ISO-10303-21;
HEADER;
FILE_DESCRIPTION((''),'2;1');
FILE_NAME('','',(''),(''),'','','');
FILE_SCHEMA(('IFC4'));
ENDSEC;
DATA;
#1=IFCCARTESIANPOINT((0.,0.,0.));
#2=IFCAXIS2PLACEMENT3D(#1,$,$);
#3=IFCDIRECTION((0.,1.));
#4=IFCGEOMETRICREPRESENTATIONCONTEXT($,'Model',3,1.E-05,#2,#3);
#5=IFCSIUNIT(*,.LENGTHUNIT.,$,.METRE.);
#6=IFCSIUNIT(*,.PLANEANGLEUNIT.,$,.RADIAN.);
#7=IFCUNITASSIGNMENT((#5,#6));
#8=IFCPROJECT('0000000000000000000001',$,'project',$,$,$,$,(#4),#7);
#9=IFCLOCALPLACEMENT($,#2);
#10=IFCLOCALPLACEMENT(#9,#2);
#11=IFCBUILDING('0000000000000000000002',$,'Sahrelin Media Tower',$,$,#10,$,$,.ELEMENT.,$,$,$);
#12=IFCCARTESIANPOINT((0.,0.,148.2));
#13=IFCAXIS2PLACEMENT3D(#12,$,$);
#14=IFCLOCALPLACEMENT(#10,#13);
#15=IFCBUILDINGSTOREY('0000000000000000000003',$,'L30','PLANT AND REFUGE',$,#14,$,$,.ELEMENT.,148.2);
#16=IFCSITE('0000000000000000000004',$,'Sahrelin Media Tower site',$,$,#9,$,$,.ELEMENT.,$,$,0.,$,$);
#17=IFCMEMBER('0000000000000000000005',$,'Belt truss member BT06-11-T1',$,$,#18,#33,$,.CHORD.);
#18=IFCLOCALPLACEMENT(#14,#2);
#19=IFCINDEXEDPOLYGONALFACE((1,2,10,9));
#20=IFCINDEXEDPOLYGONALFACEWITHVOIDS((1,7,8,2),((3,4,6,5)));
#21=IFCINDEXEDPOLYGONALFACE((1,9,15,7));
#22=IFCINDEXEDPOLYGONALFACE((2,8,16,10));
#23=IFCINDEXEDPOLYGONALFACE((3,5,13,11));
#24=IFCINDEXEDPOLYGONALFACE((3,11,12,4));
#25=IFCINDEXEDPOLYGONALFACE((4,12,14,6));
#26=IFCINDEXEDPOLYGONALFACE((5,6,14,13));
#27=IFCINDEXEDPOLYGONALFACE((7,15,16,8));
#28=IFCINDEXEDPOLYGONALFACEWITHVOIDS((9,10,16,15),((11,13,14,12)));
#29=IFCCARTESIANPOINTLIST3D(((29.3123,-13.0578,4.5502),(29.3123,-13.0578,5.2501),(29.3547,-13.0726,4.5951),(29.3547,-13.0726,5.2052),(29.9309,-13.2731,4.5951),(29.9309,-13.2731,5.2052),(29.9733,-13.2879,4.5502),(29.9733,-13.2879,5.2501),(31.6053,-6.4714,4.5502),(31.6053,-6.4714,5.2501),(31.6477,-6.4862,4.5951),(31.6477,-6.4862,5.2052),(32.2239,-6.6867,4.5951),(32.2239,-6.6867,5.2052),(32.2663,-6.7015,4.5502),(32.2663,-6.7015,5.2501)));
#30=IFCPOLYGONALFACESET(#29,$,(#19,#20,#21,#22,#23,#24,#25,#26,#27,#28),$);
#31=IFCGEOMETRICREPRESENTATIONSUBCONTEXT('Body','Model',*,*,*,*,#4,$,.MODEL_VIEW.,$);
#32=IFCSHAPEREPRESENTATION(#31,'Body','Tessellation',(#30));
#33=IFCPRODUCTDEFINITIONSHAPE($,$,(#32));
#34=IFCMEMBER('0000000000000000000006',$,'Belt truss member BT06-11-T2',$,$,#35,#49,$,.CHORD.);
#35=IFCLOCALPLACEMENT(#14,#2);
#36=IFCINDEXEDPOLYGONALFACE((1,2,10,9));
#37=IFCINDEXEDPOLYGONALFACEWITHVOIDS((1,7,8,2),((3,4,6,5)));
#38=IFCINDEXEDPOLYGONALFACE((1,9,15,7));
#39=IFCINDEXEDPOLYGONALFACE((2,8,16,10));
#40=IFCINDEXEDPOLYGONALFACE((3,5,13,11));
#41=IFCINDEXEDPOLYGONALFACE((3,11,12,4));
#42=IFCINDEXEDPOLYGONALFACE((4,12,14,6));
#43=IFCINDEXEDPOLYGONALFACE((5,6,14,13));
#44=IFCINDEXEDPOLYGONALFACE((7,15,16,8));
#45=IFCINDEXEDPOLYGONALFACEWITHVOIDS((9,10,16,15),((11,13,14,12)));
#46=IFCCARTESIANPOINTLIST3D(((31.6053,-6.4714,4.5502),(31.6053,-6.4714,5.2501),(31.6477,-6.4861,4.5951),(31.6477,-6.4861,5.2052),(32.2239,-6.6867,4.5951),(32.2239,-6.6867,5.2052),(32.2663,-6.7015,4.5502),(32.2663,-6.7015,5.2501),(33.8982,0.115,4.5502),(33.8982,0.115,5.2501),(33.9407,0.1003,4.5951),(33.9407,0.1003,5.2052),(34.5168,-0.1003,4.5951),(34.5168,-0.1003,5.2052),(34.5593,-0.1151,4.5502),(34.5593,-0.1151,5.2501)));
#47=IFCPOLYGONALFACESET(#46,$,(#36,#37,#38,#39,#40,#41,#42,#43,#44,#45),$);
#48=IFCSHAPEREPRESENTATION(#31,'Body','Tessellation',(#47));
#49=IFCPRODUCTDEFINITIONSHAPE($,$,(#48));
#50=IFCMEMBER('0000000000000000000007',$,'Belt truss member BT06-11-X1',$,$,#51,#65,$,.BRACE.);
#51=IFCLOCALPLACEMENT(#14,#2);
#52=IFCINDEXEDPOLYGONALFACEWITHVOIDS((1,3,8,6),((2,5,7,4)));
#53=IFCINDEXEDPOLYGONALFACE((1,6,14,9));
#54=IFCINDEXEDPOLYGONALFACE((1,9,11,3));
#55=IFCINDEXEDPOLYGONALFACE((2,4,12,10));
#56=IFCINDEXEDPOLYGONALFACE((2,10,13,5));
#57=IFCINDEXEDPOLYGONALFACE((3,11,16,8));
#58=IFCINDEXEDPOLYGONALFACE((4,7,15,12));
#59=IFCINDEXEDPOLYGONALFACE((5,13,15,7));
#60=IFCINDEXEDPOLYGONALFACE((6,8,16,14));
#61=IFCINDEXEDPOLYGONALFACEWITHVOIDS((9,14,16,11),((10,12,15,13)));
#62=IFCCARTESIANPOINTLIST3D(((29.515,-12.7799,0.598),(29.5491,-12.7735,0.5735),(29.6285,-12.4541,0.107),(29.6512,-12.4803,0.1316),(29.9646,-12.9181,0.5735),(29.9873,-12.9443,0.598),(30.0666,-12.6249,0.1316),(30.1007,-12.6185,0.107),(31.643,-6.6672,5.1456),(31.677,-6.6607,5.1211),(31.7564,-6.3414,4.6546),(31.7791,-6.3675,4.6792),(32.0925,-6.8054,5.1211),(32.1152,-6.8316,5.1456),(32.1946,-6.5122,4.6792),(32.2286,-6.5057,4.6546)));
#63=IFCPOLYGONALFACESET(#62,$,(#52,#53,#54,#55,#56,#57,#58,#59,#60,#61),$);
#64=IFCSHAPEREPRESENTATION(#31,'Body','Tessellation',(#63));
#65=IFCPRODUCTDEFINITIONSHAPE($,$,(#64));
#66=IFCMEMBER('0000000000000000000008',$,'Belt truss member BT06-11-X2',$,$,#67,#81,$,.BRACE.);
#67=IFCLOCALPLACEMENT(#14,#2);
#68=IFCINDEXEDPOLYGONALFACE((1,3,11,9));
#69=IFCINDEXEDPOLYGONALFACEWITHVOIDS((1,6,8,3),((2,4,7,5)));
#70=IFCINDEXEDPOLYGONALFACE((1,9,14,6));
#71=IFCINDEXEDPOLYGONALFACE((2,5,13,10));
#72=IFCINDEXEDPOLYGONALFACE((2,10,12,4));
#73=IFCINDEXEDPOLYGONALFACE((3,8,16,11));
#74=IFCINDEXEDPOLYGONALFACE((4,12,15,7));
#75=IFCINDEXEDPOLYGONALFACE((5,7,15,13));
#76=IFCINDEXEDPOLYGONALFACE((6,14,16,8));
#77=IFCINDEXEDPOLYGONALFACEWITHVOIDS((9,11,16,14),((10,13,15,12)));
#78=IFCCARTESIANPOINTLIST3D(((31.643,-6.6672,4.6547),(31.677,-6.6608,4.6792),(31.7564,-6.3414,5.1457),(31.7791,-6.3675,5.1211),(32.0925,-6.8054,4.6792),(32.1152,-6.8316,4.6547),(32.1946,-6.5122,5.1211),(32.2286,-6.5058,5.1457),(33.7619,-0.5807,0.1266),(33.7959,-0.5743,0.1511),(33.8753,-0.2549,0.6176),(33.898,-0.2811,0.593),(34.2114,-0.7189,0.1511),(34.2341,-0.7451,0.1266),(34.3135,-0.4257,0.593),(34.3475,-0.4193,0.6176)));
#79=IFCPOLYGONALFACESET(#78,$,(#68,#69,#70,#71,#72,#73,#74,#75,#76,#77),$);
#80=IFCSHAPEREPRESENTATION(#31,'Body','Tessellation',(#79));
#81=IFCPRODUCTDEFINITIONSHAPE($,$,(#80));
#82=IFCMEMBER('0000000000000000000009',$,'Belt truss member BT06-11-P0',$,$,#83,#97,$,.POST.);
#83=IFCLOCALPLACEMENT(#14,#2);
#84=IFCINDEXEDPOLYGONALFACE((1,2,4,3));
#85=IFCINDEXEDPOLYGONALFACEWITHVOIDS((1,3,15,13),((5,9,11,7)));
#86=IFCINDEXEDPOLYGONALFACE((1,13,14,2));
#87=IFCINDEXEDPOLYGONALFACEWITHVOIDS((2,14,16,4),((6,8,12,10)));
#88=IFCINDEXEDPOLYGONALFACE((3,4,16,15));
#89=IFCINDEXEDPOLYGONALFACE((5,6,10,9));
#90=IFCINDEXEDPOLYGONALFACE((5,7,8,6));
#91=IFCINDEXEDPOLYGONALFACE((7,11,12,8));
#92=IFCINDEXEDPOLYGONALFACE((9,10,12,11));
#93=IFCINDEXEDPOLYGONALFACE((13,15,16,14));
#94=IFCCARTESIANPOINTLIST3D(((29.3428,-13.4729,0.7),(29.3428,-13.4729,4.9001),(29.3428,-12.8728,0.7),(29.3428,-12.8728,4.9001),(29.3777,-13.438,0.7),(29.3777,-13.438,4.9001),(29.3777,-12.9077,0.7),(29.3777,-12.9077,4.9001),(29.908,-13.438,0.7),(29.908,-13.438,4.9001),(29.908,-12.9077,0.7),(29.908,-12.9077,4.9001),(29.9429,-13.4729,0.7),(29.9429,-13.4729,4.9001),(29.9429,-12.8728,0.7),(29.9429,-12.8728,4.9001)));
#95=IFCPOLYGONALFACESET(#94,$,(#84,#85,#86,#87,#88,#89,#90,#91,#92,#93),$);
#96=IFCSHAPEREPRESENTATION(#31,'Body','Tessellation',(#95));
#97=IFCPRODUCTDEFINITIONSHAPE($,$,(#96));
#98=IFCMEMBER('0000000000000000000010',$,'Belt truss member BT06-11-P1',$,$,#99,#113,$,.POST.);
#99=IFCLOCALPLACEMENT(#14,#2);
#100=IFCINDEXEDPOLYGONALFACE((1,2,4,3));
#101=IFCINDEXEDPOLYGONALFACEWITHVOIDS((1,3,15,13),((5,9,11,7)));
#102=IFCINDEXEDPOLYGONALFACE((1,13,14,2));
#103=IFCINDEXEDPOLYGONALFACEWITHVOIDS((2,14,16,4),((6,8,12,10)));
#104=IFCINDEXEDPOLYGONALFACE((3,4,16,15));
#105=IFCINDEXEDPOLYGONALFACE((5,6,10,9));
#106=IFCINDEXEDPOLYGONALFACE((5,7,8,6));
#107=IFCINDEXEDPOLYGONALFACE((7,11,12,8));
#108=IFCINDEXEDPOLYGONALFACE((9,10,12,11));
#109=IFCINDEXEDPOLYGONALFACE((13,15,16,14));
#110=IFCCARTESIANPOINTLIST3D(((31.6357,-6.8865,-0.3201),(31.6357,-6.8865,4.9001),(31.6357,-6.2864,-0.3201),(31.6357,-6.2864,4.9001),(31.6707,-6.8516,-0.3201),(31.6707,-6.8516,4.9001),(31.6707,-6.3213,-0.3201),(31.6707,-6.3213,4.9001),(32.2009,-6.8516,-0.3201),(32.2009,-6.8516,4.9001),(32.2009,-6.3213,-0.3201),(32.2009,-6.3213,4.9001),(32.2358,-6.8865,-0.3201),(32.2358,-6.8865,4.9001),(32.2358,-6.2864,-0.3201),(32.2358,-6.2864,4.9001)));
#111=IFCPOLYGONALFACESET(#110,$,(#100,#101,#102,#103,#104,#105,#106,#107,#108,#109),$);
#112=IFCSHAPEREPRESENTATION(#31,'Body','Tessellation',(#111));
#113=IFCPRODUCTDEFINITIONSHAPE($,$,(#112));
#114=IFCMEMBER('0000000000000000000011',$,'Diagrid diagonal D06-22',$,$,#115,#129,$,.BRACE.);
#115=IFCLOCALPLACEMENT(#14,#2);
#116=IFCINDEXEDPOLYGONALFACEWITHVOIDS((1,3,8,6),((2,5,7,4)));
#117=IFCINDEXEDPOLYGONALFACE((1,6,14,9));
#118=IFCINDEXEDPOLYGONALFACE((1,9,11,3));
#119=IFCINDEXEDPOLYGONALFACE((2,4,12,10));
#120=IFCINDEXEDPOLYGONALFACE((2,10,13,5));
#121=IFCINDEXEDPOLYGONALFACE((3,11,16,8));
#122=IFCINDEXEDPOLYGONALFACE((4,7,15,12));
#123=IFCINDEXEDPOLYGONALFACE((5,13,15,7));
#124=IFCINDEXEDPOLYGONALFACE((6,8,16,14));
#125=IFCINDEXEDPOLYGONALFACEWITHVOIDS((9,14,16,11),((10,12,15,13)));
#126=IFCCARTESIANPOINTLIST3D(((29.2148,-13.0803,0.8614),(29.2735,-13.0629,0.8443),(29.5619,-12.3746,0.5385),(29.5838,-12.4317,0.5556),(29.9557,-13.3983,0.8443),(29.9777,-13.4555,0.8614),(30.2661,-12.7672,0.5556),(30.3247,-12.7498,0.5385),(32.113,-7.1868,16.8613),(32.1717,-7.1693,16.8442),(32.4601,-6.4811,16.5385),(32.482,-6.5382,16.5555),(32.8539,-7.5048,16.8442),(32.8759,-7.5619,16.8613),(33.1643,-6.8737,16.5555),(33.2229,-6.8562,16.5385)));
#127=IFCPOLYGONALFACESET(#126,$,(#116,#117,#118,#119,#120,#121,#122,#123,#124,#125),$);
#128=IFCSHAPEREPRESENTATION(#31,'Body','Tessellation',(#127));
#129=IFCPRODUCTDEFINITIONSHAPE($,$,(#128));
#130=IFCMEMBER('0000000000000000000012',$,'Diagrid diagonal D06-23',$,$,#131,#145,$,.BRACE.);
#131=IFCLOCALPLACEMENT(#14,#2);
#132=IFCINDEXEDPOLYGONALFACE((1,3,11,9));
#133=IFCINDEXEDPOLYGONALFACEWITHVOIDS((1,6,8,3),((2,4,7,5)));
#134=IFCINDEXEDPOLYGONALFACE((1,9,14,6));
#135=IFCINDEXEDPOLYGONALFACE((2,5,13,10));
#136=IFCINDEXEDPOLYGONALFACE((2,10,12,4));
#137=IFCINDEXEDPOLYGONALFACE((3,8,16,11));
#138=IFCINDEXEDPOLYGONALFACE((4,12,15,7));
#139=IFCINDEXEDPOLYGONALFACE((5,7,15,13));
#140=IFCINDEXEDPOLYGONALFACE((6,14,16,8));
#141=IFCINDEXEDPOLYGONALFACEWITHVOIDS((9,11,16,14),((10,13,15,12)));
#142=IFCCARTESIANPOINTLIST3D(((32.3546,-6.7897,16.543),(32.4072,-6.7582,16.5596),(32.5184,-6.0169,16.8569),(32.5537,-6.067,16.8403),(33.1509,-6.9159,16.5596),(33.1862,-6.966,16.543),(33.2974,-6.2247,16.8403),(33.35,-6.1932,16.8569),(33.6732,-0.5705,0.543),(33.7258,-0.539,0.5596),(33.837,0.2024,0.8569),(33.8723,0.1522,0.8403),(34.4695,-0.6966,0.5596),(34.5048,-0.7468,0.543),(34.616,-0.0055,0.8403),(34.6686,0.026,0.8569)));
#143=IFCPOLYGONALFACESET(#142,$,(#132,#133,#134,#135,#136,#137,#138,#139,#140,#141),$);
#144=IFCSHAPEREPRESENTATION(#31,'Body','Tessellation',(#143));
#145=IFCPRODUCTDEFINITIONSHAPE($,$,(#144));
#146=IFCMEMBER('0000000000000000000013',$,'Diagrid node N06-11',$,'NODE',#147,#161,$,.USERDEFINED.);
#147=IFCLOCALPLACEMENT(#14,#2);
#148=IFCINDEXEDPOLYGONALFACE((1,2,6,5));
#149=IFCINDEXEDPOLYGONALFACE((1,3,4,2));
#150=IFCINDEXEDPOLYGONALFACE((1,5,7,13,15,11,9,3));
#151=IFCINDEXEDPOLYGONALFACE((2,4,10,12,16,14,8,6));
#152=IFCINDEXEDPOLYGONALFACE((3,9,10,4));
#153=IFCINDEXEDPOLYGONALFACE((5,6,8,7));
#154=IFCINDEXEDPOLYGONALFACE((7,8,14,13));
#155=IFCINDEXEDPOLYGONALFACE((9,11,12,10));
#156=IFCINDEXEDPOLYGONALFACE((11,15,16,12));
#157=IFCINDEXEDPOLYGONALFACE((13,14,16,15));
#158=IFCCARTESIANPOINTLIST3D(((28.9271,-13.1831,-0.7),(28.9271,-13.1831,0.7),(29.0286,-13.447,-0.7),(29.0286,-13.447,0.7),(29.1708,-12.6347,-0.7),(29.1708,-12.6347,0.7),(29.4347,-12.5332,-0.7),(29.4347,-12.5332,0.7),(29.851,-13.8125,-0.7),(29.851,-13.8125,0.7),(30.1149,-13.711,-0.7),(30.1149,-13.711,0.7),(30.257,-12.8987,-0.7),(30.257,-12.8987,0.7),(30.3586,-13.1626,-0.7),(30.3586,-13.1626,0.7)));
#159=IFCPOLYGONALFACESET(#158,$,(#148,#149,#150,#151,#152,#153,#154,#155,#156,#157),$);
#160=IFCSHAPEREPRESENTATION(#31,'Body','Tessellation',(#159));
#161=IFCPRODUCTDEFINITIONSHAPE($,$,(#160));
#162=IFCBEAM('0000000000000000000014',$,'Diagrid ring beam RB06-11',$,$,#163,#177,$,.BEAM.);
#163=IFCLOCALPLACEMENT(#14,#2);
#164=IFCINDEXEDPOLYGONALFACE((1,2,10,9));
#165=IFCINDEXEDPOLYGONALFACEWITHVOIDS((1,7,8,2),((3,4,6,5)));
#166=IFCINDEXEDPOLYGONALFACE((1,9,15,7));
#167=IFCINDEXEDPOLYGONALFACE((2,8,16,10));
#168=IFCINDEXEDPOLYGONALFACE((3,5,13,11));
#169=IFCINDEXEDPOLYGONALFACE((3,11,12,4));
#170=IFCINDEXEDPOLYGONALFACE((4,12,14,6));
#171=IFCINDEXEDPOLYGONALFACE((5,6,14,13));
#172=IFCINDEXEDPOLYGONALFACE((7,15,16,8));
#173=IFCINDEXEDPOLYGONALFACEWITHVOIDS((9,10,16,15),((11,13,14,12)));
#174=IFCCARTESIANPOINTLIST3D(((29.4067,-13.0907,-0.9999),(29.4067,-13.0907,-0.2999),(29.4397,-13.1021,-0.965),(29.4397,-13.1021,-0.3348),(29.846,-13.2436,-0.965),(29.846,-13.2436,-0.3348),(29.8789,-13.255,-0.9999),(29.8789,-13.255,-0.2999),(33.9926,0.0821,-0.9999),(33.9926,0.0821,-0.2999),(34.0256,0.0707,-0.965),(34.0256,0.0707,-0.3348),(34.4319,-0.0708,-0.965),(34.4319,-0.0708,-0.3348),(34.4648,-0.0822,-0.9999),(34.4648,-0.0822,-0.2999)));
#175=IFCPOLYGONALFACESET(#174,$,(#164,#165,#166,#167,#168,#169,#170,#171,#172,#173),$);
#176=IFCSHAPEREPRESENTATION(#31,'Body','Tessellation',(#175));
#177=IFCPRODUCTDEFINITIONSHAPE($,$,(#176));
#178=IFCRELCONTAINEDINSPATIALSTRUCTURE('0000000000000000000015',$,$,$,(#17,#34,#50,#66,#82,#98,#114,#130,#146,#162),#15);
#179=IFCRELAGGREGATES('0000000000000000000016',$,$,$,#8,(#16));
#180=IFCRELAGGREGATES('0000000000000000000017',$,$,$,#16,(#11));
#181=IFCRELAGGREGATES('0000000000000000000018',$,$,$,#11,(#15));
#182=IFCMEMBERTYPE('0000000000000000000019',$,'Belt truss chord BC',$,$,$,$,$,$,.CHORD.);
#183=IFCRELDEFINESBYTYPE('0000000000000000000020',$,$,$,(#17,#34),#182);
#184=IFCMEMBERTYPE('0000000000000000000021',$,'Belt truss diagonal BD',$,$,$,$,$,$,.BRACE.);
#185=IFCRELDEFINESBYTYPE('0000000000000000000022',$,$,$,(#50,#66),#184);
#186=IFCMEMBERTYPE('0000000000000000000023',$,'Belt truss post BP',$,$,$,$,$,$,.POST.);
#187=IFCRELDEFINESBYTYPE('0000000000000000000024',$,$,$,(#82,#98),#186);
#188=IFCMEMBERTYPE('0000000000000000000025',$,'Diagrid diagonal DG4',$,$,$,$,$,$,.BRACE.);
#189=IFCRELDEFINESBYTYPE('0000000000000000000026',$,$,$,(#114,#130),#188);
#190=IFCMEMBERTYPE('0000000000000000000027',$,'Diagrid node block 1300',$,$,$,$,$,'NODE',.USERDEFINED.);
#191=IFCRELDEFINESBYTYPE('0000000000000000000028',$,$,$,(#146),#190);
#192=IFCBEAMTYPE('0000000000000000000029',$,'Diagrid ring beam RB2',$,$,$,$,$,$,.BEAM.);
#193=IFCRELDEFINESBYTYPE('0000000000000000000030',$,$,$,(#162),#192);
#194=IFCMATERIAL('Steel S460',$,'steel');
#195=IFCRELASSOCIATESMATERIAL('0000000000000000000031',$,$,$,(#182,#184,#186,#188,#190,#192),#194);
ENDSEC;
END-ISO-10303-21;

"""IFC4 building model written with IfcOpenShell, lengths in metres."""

from ifc_helpers import new_model, si_unit, direction, frame, origin, origin_2d, place, context, subcontext, project, spatial, polyline, hollow_rectangle, outline, extrude, material, material_profile, profile_set, type_object, element, save


model = new_model("IFC4")

# Units and contexts
model_context = context("Model", 3, precision=1e-05, world=origin(), true_north=direction((0.0, 1.0)))
body_context = subcontext(model_context, "Body", "Model", "MODEL_VIEW")
ifc_project = project(units=[si_unit("LENGTHUNIT", "METRE"), si_unit("PLANEANGLEUNIT", "RADIAN")], contexts=[model_context])

# Site, building, storey
site_placement = place(None, origin())
site = spatial("IfcSite", under=ifc_project, at=site_placement, Name="Sahrelin Media Tower site", CompositionType="ELEMENT", RefElevation=0.0)
building_placement = place(site_placement, origin())
building = spatial("IfcBuilding", under=site, at=building_placement, Name="Sahrelin Media Tower", CompositionType="ELEMENT")
storey_placement = place(building_placement, frame((0.0, 0.0, 148.2)))
storey = spatial("IfcBuildingStorey", under=building, at=storey_placement, Name="L30", Description="PLANT AND REFUGE", CompositionType="ELEMENT", Elevation=148.2)

# Members
ifc_material_1 = material(Name="Steel S460", Category="steel")
ifc_material_profile_1 = material_profile(ifc_material_1, hollow_rectangle(XDim=0.7, YDim=0.7, WallThickness=0.0449, at=origin_2d()), Name="Belt truss chord BC")
ifc_profile_set_1 = profile_set([ifc_material_profile_1], Name="Steel S460")
member_type_1 = type_object("IfcMemberType", Name="Belt truss chord BC", PredefinedType="CHORD", material=ifc_profile_set_1)
for number, where, z_axis, x_axis, name in (
    (1, (29.6428, -13.1729, 4.9001), (0.328781, 0.944406, 0.0), (-0.944406, 0.328781, 0.0), "Belt truss member BT06-11-T1"),
    (2, (31.9358, -6.5864, 4.9001), (0.328781, 0.944406, 0.0), (-0.944406, 0.328781, 0.0), "Belt truss member BT06-11-T2"),
):
    element("IfcMember", number, at=place(storey_placement, frame(where, z_axis=z_axis, x_axis=x_axis)), inside=storey, type_object=member_type_1, Name=name, PredefinedType="CHORD", context=body_context, shape_type="SweptSolid", body=[
        extrude(hollow_rectangle(XDim=0.7, YDim=0.7, WallThickness=0.0449, at=origin_2d()), origin(), (0.0, 0.0, 1.0), 6.9741),
    ])
ifc_material_profile_2 = material_profile(ifc_material_1, hollow_rectangle(XDim=0.5, YDim=0.6001, WallThickness=0.03, at=origin_2d()), Name="Belt truss diagonal BD")
ifc_profile_set_2 = profile_set([ifc_material_profile_2], Name="Steel S460")
member_type_2 = type_object("IfcMemberType", Name="Belt truss diagonal BD", PredefinedType="BRACE", material=ifc_profile_set_2)
member_1_placement = place(storey_placement, frame((29.8079, -12.6992, 0.3525), z_axis=(0.269003, 0.77275, 0.574887), x_axis=(-0.944413, 0.328761, 0.0)))
element("IfcMember", 3, at=member_1_placement, inside=storey, type_object=member_type_2, Name="Belt truss member BT06-11-X1", PredefinedType="BRACE", context=body_context, shape_type="SweptSolid", body=[
    extrude(hollow_rectangle(XDim=0.5, YDim=0.6001, WallThickness=0.03, at=origin_2d()), origin(), (0.0, 0.0, 1.0), 7.9104),
])
member_2_placement = place(storey_placement, frame((34.0547, -0.5, 0.3721), z_axis=(-0.269018, -0.772741, 0.574891), x_axis=(0.944406, -0.328781, 0.0)))
element("IfcMember", 4, at=member_2_placement, inside=storey, type_object=member_type_2, Name="Belt truss member BT06-11-X2", PredefinedType="BRACE", context=body_context, shape_type="SweptSolid", body=[
    extrude(hollow_rectangle(XDim=0.5, YDim=0.6001, WallThickness=0.03, at=origin_2d()), origin(), (0.0, 0.0, 1.0), 7.8765),
])
ifc_material_profile_3 = material_profile(ifc_material_1, hollow_rectangle(XDim=0.6001, YDim=0.6001, WallThickness=0.0349, at=origin_2d()), Name="Belt truss post BP")
ifc_profile_set_3 = profile_set([ifc_material_profile_3], Name="Steel S460")
member_type_3 = type_object("IfcMemberType", Name="Belt truss post BP", PredefinedType="POST", material=ifc_profile_set_3)
member_3_placement = place(storey_placement, frame((29.6428, -13.1729, 0.7), z_axis=(0.0, 0.0, 1.0), x_axis=(1.0, 0.0, 0.0)))
element("IfcMember", 5, at=member_3_placement, inside=storey, type_object=member_type_3, Name="Belt truss member BT06-11-P0", PredefinedType="POST", context=body_context, shape_type="SweptSolid", body=[
    extrude(hollow_rectangle(XDim=0.6001, YDim=0.6001, WallThickness=0.0349, at=origin_2d()), origin(), (0.0, 0.0, 1.0), 4.2002),
])
member_4_placement = place(storey_placement, frame((31.9358, -6.5864, -0.3201), z_axis=(0.0, 0.0, 1.0), x_axis=(1.0, 0.0, 0.0)))
element("IfcMember", 6, at=member_4_placement, inside=storey, type_object=member_type_3, Name="Belt truss member BT06-11-P1", PredefinedType="POST", context=body_context, shape_type="SweptSolid", body=[
    extrude(hollow_rectangle(XDim=0.6001, YDim=0.6001, WallThickness=0.0349, at=origin_2d()), origin(), (0.0, 0.0, 1.0), 5.2202),
])
ifc_material_profile_4 = material_profile(ifc_material_1, hollow_rectangle(XDim=0.8501, YDim=0.8501, WallThickness=0.0449, at=origin_2d()), Name="Diagrid diagonal DG4")
ifc_profile_set_4 = profile_set([ifc_material_profile_4], Name="Steel S460")
member_type_4 = type_object("IfcMemberType", Name="Diagrid diagonal DG4", PredefinedType="BRACE", material=ifc_profile_set_4)
member_5_placement = place(storey_placement, frame((29.7698, -12.915, 0.7), z_axis=(0.167569, 0.340757, 0.925097), x_axis=(-0.897367, 0.441286, 0.0)))
element("IfcMember", 7, at=member_5_placement, inside=storey, type_object=member_type_4, Name="Diagrid diagonal D06-22", PredefinedType="BRACE", context=body_context, shape_type="SweptSolid", body=[
    extrude(hollow_rectangle(XDim=0.8501, YDim=0.8501, WallThickness=0.0449, at=origin_2d()), origin(), (0.0, 0.0, 1.0), 17.2954),
])
member_6_placement = place(storey_placement, frame((34.1709, -0.2722, 0.7), z_axis=(-0.076588, -0.361231, 0.929326), x_axis=(0.978254, -0.20741, 0.0)))
element("IfcMember", 8, at=member_6_placement, inside=storey, type_object=member_type_4, Name="Diagrid diagonal D06-23", PredefinedType="BRACE", context=body_context, shape_type="SweptSolid", body=[
    extrude(hollow_rectangle(XDim=0.8501, YDim=0.8501, WallThickness=0.0449, at=origin_2d()), origin(), (0.0, 0.0, 1.0), 17.2168),
])
ifc_material_profile_5 = material_profile(ifc_material_1, outline(polyline([(0.45, -0.5), (0.6499, -0.3), (0.6499, 0.3), (0.45, 0.5), (-0.45, 0.5), (-0.6499, 0.3), (-0.6499, -0.3), (-0.45, -0.5), (0.45, -0.5)])), Name="Diagrid node block 1300")
ifc_profile_set_5 = profile_set([ifc_material_profile_5], Name="Steel S460")
member_type_5 = type_object("IfcMemberType", Name="Diagrid node block 1300", ElementType="NODE", PredefinedType="USERDEFINED", material=ifc_profile_set_5)
member_7_placement = place(storey_placement, frame((29.6428, -13.1729, -0.7), z_axis=(0.0, 0.0, 1.0), x_axis=(0.913831, -0.406094, 0.0)))
element("IfcMember", 9, at=member_7_placement, inside=storey, type_object=member_type_5, Name="Diagrid node N06-11", ObjectType="NODE", PredefinedType="USERDEFINED", context=body_context, shape_type="SweptSolid", body=[
    extrude(outline(polyline([(0.45, -0.5), (0.6499, -0.3), (0.6499, 0.3), (0.45, 0.5), (-0.45, 0.5), (-0.6499, 0.3), (-0.6499, -0.3), (-0.45, -0.5), (0.45, -0.5)])), origin(), (0.0, 0.0, 1.0), 1.3999),
])

# Beam
ifc_material_profile_6 = material_profile(ifc_material_1, hollow_rectangle(XDim=0.5, YDim=0.7, WallThickness=0.0349, at=origin_2d()), Name="Diagrid ring beam RB2")
ifc_profile_set_6 = profile_set([ifc_material_profile_6], Name="Steel S460")
beam_type_1 = type_object("IfcBeamType", Name="Diagrid ring beam RB2", PredefinedType="BEAM", material=ifc_profile_set_6)
beam_1_placement = place(storey_placement, frame((29.6428, -13.1729, -0.6499), z_axis=(0.328781, 0.944406, 0.0), x_axis=(-0.944406, 0.328781, 0.0)))
element("IfcBeam", 10, at=beam_1_placement, inside=storey, type_object=beam_type_1, Name="Diagrid ring beam RB06-11", PredefinedType="BEAM", context=body_context, shape_type="SweptSolid", body=[
    extrude(hollow_rectangle(XDim=0.5, YDim=0.7, WallThickness=0.0349, at=origin_2d()), origin(), (0.0, 0.0, 1.0), 13.9482),
])

save(model, "model.ifc")
